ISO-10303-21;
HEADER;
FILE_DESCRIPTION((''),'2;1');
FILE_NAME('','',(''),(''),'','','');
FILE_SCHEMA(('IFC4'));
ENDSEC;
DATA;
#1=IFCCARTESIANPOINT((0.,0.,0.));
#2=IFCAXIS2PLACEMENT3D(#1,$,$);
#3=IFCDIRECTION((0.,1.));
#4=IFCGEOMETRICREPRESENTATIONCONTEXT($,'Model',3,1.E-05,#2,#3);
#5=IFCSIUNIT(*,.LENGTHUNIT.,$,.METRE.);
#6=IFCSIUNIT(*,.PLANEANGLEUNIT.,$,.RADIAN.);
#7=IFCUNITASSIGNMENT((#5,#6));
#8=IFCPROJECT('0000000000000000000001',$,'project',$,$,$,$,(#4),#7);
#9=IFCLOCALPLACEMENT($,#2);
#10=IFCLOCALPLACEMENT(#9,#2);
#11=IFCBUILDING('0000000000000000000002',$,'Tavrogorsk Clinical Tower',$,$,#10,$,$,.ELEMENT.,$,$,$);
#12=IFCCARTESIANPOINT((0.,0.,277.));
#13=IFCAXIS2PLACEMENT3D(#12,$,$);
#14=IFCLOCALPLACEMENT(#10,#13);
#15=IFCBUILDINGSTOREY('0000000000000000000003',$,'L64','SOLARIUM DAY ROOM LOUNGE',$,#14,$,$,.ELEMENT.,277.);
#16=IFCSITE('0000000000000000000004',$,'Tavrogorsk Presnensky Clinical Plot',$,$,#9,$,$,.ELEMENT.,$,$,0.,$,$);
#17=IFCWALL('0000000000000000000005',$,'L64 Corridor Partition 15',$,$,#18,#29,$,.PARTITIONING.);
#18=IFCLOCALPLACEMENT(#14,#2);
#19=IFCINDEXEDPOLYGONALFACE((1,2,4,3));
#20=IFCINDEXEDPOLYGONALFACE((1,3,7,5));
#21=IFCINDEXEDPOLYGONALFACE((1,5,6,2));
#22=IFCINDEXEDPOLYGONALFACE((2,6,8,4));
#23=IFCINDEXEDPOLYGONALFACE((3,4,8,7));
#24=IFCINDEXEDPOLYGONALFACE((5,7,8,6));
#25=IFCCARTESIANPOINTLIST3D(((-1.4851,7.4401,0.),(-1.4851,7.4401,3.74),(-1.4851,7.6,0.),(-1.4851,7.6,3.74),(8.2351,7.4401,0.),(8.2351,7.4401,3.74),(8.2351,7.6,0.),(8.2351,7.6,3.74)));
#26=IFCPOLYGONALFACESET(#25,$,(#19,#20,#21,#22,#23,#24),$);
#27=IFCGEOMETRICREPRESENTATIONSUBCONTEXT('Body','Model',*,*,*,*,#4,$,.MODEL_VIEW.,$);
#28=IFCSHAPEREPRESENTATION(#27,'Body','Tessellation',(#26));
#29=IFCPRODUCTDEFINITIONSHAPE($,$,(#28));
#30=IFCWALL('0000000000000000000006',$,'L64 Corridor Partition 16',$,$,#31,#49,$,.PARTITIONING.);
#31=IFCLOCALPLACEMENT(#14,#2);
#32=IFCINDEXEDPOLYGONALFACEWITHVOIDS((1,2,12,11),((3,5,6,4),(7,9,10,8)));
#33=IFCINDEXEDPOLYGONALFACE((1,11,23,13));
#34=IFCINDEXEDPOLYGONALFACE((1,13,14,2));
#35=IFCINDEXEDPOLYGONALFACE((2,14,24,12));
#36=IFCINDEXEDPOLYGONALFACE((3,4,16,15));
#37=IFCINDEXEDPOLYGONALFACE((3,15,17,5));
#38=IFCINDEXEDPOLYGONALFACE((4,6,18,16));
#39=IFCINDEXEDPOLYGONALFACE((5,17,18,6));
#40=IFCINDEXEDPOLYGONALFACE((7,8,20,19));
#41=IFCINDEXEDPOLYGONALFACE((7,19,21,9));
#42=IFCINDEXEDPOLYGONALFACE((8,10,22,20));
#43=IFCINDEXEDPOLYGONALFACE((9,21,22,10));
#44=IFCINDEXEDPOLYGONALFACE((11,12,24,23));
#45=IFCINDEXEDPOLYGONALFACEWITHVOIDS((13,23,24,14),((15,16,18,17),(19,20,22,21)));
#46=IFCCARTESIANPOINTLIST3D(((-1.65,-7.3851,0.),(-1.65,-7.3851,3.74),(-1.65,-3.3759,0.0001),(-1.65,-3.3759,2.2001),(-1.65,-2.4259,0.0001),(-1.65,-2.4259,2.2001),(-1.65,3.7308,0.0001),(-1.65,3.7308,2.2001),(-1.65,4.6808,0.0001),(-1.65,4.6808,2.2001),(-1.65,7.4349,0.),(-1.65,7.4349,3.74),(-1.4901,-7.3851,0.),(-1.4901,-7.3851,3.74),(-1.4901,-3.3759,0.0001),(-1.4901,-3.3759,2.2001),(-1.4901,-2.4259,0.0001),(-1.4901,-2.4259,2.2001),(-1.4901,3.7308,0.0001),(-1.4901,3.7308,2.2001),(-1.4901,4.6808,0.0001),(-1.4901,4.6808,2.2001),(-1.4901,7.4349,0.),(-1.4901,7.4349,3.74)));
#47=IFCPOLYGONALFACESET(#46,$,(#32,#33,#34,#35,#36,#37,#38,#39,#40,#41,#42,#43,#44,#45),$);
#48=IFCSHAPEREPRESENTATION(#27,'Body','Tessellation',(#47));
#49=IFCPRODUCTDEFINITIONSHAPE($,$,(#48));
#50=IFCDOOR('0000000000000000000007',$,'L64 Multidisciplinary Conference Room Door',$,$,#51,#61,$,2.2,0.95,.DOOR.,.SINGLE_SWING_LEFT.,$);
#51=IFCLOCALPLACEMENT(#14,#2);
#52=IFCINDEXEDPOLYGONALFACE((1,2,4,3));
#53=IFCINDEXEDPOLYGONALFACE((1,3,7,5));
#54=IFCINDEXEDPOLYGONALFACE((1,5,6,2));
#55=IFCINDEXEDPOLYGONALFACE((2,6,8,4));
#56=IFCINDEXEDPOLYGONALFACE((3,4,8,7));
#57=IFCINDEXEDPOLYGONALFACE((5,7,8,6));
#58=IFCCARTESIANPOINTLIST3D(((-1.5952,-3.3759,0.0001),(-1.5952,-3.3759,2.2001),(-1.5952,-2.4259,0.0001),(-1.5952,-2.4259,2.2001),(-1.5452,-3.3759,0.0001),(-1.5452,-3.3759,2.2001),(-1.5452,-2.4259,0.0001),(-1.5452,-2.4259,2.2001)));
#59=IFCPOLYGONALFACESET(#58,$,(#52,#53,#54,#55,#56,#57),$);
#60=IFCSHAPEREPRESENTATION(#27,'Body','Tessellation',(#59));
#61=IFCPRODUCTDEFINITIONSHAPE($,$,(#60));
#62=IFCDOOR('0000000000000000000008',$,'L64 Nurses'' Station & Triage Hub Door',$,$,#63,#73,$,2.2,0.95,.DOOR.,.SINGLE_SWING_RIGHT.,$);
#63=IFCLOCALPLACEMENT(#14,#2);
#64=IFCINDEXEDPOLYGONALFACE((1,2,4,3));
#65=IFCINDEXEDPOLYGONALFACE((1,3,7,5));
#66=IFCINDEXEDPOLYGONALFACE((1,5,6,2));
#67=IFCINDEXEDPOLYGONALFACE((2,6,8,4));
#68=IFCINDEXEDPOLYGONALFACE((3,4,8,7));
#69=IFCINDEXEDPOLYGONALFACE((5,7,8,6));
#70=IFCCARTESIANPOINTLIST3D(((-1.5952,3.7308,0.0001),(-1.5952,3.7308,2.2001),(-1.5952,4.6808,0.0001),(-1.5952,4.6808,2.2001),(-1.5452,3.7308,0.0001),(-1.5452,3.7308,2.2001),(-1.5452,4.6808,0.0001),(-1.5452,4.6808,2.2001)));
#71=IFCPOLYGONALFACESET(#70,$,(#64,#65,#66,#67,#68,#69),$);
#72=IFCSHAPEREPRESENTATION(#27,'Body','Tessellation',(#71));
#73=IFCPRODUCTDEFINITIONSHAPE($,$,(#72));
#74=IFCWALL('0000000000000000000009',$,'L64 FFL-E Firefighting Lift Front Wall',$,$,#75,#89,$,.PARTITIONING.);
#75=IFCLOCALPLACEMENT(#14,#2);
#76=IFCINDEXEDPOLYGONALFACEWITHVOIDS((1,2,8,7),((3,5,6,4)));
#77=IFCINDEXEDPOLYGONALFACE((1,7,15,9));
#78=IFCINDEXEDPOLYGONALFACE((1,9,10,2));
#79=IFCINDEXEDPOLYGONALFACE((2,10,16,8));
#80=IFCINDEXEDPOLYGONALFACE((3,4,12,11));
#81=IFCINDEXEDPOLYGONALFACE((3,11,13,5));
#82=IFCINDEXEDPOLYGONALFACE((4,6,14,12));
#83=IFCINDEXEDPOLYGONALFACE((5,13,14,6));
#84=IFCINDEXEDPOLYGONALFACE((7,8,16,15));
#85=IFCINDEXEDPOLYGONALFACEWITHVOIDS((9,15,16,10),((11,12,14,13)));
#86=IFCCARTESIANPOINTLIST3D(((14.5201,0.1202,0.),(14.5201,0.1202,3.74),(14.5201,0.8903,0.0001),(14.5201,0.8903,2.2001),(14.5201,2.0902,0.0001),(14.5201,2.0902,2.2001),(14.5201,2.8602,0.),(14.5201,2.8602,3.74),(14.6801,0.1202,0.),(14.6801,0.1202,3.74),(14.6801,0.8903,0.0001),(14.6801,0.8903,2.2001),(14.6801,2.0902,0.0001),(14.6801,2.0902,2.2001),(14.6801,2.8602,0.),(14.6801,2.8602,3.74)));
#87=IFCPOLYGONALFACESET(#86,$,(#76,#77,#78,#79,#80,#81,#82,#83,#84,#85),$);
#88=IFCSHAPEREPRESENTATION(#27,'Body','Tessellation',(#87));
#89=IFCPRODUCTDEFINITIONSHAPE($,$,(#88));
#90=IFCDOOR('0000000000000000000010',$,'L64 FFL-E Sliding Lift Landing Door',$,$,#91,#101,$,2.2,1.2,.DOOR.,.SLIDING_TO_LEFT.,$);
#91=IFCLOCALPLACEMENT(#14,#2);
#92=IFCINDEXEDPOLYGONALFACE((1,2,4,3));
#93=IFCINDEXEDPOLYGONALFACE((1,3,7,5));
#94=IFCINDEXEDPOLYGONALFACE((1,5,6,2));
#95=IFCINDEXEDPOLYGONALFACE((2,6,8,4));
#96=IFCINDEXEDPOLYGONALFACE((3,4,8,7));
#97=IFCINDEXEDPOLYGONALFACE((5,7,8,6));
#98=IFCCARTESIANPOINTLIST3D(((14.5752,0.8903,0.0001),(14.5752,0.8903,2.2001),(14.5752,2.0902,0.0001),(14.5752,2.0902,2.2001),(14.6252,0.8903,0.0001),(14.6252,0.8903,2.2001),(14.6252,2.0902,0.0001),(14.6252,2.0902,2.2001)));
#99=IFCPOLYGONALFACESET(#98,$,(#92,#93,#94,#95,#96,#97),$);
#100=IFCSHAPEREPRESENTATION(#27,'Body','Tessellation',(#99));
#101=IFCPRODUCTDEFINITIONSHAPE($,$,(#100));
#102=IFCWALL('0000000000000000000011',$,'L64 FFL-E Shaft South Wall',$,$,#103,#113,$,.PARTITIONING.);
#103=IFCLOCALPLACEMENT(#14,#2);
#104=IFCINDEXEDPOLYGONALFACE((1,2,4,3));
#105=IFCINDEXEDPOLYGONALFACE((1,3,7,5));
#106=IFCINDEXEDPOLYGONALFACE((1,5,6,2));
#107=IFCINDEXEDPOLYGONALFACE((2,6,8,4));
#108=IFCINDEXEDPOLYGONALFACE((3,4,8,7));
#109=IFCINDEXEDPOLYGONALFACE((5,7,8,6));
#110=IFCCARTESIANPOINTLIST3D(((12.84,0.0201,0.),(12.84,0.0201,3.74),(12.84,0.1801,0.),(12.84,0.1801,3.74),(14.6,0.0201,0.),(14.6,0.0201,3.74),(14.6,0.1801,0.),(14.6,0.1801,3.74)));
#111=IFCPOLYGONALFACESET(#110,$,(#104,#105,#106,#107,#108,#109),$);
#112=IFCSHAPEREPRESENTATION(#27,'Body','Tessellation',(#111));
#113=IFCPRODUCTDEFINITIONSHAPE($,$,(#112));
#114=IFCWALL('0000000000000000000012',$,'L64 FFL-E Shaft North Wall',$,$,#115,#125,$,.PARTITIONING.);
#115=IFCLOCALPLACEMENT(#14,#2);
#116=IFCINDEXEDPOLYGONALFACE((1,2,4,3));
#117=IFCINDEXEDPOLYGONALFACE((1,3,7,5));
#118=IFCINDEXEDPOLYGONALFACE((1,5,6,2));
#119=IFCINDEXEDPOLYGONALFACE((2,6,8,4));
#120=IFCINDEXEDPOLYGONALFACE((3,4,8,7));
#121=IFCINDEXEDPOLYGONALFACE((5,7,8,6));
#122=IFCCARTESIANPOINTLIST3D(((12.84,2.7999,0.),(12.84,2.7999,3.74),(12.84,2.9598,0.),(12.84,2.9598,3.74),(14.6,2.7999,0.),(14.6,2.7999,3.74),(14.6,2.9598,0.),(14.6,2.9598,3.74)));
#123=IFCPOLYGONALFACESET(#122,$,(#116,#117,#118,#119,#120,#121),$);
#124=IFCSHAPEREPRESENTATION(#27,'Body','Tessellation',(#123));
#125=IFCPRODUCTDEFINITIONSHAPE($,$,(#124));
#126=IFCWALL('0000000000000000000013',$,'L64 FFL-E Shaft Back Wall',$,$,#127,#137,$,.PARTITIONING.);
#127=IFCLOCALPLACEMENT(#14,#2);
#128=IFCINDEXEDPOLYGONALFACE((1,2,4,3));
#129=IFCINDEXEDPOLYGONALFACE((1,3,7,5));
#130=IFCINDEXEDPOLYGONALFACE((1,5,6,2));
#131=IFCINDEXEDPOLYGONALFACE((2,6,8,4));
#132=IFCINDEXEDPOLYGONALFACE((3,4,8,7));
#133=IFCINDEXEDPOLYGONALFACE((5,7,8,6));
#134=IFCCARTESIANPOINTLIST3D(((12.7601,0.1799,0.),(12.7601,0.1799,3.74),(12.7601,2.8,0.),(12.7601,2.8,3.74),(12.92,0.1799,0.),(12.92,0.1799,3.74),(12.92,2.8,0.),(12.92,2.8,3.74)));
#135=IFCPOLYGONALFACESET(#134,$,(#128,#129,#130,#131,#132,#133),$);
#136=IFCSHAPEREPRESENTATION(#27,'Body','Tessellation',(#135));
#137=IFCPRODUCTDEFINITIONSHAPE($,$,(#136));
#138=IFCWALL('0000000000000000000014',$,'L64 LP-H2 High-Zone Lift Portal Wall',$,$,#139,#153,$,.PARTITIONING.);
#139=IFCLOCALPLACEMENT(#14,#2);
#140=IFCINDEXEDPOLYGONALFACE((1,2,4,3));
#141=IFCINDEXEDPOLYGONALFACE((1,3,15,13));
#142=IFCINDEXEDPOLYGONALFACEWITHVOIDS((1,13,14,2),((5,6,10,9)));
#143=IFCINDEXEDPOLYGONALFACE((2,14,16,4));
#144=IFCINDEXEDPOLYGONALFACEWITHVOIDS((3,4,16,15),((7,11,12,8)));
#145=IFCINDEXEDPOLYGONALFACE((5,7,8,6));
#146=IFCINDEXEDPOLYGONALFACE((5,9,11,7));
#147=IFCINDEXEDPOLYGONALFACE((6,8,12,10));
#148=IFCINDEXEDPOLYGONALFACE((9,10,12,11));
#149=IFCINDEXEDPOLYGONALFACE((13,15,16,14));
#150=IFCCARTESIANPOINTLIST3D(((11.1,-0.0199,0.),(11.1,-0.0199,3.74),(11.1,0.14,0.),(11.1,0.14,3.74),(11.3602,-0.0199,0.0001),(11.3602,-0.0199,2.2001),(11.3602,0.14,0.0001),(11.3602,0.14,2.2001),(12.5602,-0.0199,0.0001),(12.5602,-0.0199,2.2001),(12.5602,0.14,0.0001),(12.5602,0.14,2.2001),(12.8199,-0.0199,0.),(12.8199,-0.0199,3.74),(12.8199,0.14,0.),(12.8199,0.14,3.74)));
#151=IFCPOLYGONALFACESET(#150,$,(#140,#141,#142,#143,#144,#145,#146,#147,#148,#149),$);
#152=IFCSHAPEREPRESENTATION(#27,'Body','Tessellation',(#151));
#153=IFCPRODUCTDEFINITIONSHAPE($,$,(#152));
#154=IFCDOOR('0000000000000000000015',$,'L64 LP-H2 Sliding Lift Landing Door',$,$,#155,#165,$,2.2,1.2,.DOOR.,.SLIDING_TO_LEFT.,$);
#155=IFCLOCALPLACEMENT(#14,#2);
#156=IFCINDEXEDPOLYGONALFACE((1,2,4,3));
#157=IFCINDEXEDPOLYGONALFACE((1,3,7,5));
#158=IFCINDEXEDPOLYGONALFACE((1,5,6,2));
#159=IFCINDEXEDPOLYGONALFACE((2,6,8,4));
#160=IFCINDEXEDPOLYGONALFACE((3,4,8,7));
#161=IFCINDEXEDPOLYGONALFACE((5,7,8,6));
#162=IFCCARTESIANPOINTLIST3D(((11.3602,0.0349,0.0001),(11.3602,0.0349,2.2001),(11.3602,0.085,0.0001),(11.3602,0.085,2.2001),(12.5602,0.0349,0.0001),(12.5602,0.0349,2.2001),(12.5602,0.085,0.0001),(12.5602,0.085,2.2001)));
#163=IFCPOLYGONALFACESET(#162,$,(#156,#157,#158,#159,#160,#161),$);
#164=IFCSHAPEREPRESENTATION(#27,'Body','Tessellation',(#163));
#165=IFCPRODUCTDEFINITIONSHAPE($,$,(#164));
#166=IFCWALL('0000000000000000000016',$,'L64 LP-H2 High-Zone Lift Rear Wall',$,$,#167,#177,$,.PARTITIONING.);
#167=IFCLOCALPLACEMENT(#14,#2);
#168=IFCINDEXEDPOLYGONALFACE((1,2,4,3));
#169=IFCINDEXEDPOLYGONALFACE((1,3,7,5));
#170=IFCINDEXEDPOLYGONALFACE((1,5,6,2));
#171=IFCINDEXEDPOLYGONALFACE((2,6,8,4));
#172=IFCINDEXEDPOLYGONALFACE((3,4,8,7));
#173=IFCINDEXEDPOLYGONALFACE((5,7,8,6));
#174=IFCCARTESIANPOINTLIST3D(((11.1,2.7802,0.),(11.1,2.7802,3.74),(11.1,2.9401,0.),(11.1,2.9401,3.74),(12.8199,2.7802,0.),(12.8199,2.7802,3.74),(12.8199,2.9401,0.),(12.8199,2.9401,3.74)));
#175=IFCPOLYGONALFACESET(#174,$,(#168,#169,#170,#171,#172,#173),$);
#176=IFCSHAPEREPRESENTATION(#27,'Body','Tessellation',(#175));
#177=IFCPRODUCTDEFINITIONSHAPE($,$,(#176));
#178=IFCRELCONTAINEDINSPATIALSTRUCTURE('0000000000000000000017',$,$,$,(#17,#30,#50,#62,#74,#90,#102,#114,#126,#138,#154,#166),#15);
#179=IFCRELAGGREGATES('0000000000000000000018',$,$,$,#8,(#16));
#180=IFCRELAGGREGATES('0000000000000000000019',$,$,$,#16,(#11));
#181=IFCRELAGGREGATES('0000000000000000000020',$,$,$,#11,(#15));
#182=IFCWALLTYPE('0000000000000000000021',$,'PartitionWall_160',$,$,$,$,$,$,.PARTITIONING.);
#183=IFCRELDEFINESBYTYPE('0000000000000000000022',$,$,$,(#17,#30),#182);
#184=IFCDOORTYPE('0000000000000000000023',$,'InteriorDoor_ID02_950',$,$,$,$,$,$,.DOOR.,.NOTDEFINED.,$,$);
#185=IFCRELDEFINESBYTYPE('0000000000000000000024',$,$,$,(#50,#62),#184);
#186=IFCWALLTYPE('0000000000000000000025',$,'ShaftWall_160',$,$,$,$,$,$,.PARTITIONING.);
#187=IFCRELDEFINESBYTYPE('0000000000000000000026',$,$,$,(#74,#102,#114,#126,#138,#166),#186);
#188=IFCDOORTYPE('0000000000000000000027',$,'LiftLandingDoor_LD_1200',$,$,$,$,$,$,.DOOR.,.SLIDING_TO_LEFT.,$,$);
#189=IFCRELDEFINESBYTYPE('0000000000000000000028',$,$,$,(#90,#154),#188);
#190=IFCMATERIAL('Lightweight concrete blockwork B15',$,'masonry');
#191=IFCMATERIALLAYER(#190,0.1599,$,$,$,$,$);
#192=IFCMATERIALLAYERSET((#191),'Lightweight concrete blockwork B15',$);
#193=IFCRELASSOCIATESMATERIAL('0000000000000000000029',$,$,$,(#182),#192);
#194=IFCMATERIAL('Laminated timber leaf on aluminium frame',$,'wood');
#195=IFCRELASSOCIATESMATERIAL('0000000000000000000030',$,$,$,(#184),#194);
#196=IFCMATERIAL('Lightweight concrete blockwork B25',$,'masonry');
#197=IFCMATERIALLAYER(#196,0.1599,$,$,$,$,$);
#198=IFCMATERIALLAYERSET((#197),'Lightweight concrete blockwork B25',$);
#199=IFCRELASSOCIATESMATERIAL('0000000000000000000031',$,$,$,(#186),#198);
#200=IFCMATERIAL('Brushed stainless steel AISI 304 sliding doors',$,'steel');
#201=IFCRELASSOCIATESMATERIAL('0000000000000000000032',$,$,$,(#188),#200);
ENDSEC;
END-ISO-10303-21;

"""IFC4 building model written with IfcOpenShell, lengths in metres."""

from ifc_helpers import new_model, si_unit, direction, frame, frame_2d, origin, place, context, subcontext, project, spatial, rectangle, extrude, material, layer, layer_set, type_object, element, fill, save


model = new_model("IFC4")

# Units and contexts
model_context = context("Model", 3, precision=1e-05, world=origin(), true_north=direction((0.0, 1.0)))
body_context = subcontext(model_context, "Body", "Model", "MODEL_VIEW")
ifc_project = project(units=[si_unit("LENGTHUNIT", "METRE"), si_unit("PLANEANGLEUNIT", "RADIAN")], contexts=[model_context])

# Site, building, storey
site_placement = place(None, origin())
site = spatial("IfcSite", under=ifc_project, at=site_placement, Name="Tavrogorsk Presnensky Clinical Plot", CompositionType="ELEMENT", RefElevation=0.0)
building_placement = place(site_placement, origin())
building = spatial("IfcBuilding", under=site, at=building_placement, Name="Tavrogorsk Clinical Tower", CompositionType="ELEMENT")
storey_placement = place(building_placement, frame((0.0, 0.0, 277.0)))
storey = spatial("IfcBuildingStorey", under=building, at=storey_placement, Name="L64", Description="SOLARIUM DAY ROOM LOUNGE", CompositionType="ELEMENT", Elevation=277.0)

# Shared definitions
ifc_material_1 = material(Name="Lightweight concrete blockwork B15", Category="masonry")
ifc_layer_1 = layer(ifc_material_1, 0.1599)
ifc_layer_set_1 = layer_set([ifc_layer_1], Name="Lightweight concrete blockwork B15")
wall_type_1 = type_object("IfcWallType", Name="PartitionWall_160", PredefinedType="PARTITIONING", material=ifc_layer_set_1)
ifc_material_2 = material(Name="Laminated timber leaf on aluminium frame", Category="wood")
door_type_1 = type_object("IfcDoorType", Name="InteriorDoor_ID02_950", OperationType="NOTDEFINED", PredefinedType="DOOR", material=ifc_material_2)

# Wall
wall_1_placement = place(storey_placement, frame((8.2351, 7.52, 0.0), z_axis=(0.0, 0.0, 1.0), x_axis=(-1.0, 0.0, 0.0)))
element("IfcWall", 1, at=wall_1_placement, inside=storey, type_object=wall_type_1, Name="L64 Corridor Partition 15", PredefinedType="PARTITIONING", context=body_context, shape_type="SweptSolid", body=[
    extrude(rectangle(XDim=9.7202, YDim=0.1599, at=frame_2d((4.8601, 0.0))), origin(), (0.0, 0.0, 1.0), 3.74),
])

# Wall, openings, doors
wall_2_placement = place(storey_placement, frame((-1.5701, 7.4351, 0.0), z_axis=(0.0, 0.0, 1.0), x_axis=(0.0, -1.0, 0.0)))
wall_2 = element("IfcWall", 2, at=wall_2_placement, inside=storey, type_object=wall_type_1, Name="L64 Corridor Partition 16", PredefinedType="PARTITIONING", context=body_context, shape_type="SweptSolid", body=[
    extrude(rectangle(XDim=14.8201, YDim=0.1599, at=frame_2d((7.4102, 0.0))), origin(), (0.0, 0.0, 1.0), 3.74),
])
opening_1_placement = place(wall_2_placement, frame((9.8608, 0.0, 0.0)))
opening_1 = element("IfcOpeningElement", 3, at=opening_1_placement, cuts=wall_2, PredefinedType="OPENING", context=body_context, shape_type="SweptSolid", body=[
    extrude(rectangle(XDim=0.95, YDim=2.2, at=frame_2d((0.4751, 1.1001))), frame((0.0, 0.0898, 0.0), z_axis=(0.0, -1.0, 0.0), x_axis=(1.0, 0.0, 0.0)), (0.0, 0.0, 1.0), 0.1799),
])
opening_2_placement = place(wall_2_placement, frame((2.7542, 0.0, 0.0)))
opening_2 = element("IfcOpeningElement", 4, at=opening_2_placement, cuts=wall_2, PredefinedType="OPENING", context=body_context, shape_type="SweptSolid", body=[
    extrude(rectangle(XDim=0.95, YDim=2.2, at=frame_2d((0.4751, 1.1001))), frame((0.0, 0.0898, 0.0), z_axis=(0.0, -1.0, 0.0), x_axis=(1.0, 0.0, 0.0)), (0.0, 0.0, 1.0), 0.1799),
])
door_1_placement = place(opening_1_placement, origin())
door_1 = element("IfcDoor", 5, at=door_1_placement, inside=storey, type_object=door_type_1, Name="L64 Multidisciplinary Conference Room Door", OperationType="SINGLE_SWING_LEFT", OverallHeight=2.2, OverallWidth=0.95, PredefinedType="DOOR", context=body_context, shape_type="SweptSolid", body=[
    extrude(rectangle(XDim=0.95, YDim=2.2, at=frame_2d((0.4751, 1.1001))), frame((0.0, 0.0249, 0.0), z_axis=(0.0, -1.0, 0.0), x_axis=(1.0, 0.0, 0.0)), (0.0, 0.0, 1.0), 0.05),
])
fill(opening_1, door_1)
door_2_placement = place(opening_2_placement, origin())
door_2 = element("IfcDoor", 6, at=door_2_placement, inside=storey, type_object=door_type_1, Name="L64 Nurses' Station & Triage Hub Door", OperationType="SINGLE_SWING_RIGHT", OverallHeight=2.2, OverallWidth=0.95, PredefinedType="DOOR", context=body_context, shape_type="SweptSolid", body=[
    extrude(rectangle(XDim=0.95, YDim=2.2, at=frame_2d((0.4751, 1.1001))), frame((0.0, 0.0249, 0.0), z_axis=(0.0, -1.0, 0.0), x_axis=(1.0, 0.0, 0.0)), (0.0, 0.0, 1.0), 0.05),
])
fill(opening_2, door_2)

# Wall, opening, door
ifc_material_3 = material(Name="Lightweight concrete blockwork B25", Category="masonry")
ifc_layer_2 = layer(ifc_material_3, 0.1599)
ifc_layer_set_2 = layer_set([ifc_layer_2], Name="Lightweight concrete blockwork B25")
wall_type_2 = type_object("IfcWallType", Name="ShaftWall_160", PredefinedType="PARTITIONING", material=ifc_layer_set_2)
wall_3_placement = place(storey_placement, frame((14.6001, 0.1201, 0.0), z_axis=(0.0, 0.0, 1.0), x_axis=(0.0, 1.0, 0.0)))
wall_3 = element("IfcWall", 7, at=wall_3_placement, inside=storey, type_object=wall_type_2, Name="L64 FFL-E Firefighting Lift Front Wall", PredefinedType="PARTITIONING", context=body_context, shape_type="SweptSolid", body=[
    extrude(rectangle(XDim=2.74, YDim=0.1599, at=frame_2d((1.3701, 0.0))), origin(), (0.0, 0.0, 1.0), 3.74),
])
opening_3_placement = place(wall_3_placement, frame((0.77, 0.0, 0.0)))
opening_3 = element("IfcOpeningElement", 8, at=opening_3_placement, cuts=wall_3, PredefinedType="OPENING", context=body_context, shape_type="SweptSolid", body=[
    extrude(rectangle(XDim=1.2, YDim=2.2, at=frame_2d((0.6001, 1.1001))), frame((0.0, 0.0898, 0.0), z_axis=(0.0, -1.0, 0.0), x_axis=(1.0, 0.0, 0.0)), (0.0, 0.0, 1.0), 0.1799),
])
ifc_material_4 = material(Name="Brushed stainless steel AISI 304 sliding doors", Category="steel")
door_type_2 = type_object("IfcDoorType", Name="LiftLandingDoor_LD_1200", OperationType="SLIDING_TO_LEFT", PredefinedType="DOOR", material=ifc_material_4)
door_3_placement = place(opening_3_placement, origin())
door_3 = element("IfcDoor", 9, at=door_3_placement, inside=storey, type_object=door_type_2, Name="L64 FFL-E Sliding Lift Landing Door", OperationType="SLIDING_TO_LEFT", OverallHeight=2.2, OverallWidth=1.2, PredefinedType="DOOR", context=body_context, shape_type="SweptSolid", body=[
    extrude(rectangle(XDim=1.2, YDim=2.2, at=frame_2d((0.6001, 1.1001))), frame((0.0, 0.0249, 0.0), z_axis=(0.0, -1.0, 0.0), x_axis=(1.0, 0.0, 0.0)), (0.0, 0.0, 1.0), 0.05),
])
fill(opening_3, door_3)

# Walls
for number, where, z_axis, x_axis, name in (
    (10, (12.8401, 0.1001, 0.0), (0.0, 0.0, 1.0), (1.0, 0.0, 0.0), "L64 FFL-E Shaft South Wall"),
    (11, (12.8401, 2.8799, 0.0), (0.0, 0.0, 1.0), (1.0, 0.0, 0.0), "L64 FFL-E Shaft North Wall"),
):
    element("IfcWall", number, at=place(storey_placement, frame(where, z_axis=z_axis, x_axis=x_axis)), inside=storey, type_object=wall_type_2, Name=name, PredefinedType="PARTITIONING", context=body_context, shape_type="SweptSolid", body=[
        extrude(rectangle(XDim=1.76, YDim=0.1599, at=frame_2d((0.8799, 0.0))), origin(), (0.0, 0.0, 1.0), 3.74),
    ])
wall_4_placement = place(storey_placement, frame((12.8401, 0.1799, 0.0), z_axis=(0.0, 0.0, 1.0), x_axis=(0.0, 1.0, 0.0)))
element("IfcWall", 12, at=wall_4_placement, inside=storey, type_object=wall_type_2, Name="L64 FFL-E Shaft Back Wall", PredefinedType="PARTITIONING", context=body_context, shape_type="SweptSolid", body=[
    extrude(rectangle(XDim=2.6201, YDim=0.1599, at=frame_2d((1.3101, 0.0))), origin(), (0.0, 0.0, 1.0), 3.74),
])

# Wall, opening, door
wall_5_placement = place(storey_placement, frame((11.1001, 0.0601, 0.0), z_axis=(0.0, 0.0, 1.0), x_axis=(1.0, 0.0, 0.0)))
wall_5 = element("IfcWall", 13, at=wall_5_placement, inside=storey, type_object=wall_type_2, Name="L64 LP-H2 High-Zone Lift Portal Wall", PredefinedType="PARTITIONING", context=body_context, shape_type="SweptSolid", body=[
    extrude(rectangle(XDim=1.72, YDim=0.1599, at=frame_2d((0.8599, 0.0))), origin(), (0.0, 0.0, 1.0), 3.74),
])
opening_4_placement = place(wall_5_placement, frame((0.26, 0.0, 0.0)))
opening_4 = element("IfcOpeningElement", 14, at=opening_4_placement, cuts=wall_5, PredefinedType="OPENING", context=body_context, shape_type="SweptSolid", body=[
    extrude(rectangle(XDim=1.2, YDim=2.2, at=frame_2d((0.6001, 1.1001))), frame((0.0, 0.0898, 0.0), z_axis=(0.0, -1.0, 0.0), x_axis=(1.0, 0.0, 0.0)), (0.0, 0.0, 1.0), 0.1799),
])
door_4_placement = place(opening_4_placement, origin())
door_4 = element("IfcDoor", 15, at=door_4_placement, inside=storey, type_object=door_type_2, Name="L64 LP-H2 Sliding Lift Landing Door", OperationType="SLIDING_TO_LEFT", OverallHeight=2.2, OverallWidth=1.2, PredefinedType="DOOR", context=body_context, shape_type="SweptSolid", body=[
    extrude(rectangle(XDim=1.2, YDim=2.2, at=frame_2d((0.6001, 1.1001))), frame((0.0, 0.0249, 0.0), z_axis=(0.0, -1.0, 0.0), x_axis=(1.0, 0.0, 0.0)), (0.0, 0.0, 1.0), 0.05),
])
fill(opening_4, door_4)

# Wall
wall_6_placement = place(storey_placement, frame((11.1001, 2.8601, 0.0), z_axis=(0.0, 0.0, 1.0), x_axis=(1.0, 0.0, 0.0)))
element("IfcWall", 16, at=wall_6_placement, inside=storey, type_object=wall_type_2, Name="L64 LP-H2 High-Zone Lift Rear Wall", PredefinedType="PARTITIONING", context=body_context, shape_type="SweptSolid", body=[
    extrude(rectangle(XDim=1.72, YDim=0.1599, at=frame_2d((0.8599, 0.0))), origin(), (0.0, 0.0, 1.0), 3.74),
])

save(model, "model.ifc")
